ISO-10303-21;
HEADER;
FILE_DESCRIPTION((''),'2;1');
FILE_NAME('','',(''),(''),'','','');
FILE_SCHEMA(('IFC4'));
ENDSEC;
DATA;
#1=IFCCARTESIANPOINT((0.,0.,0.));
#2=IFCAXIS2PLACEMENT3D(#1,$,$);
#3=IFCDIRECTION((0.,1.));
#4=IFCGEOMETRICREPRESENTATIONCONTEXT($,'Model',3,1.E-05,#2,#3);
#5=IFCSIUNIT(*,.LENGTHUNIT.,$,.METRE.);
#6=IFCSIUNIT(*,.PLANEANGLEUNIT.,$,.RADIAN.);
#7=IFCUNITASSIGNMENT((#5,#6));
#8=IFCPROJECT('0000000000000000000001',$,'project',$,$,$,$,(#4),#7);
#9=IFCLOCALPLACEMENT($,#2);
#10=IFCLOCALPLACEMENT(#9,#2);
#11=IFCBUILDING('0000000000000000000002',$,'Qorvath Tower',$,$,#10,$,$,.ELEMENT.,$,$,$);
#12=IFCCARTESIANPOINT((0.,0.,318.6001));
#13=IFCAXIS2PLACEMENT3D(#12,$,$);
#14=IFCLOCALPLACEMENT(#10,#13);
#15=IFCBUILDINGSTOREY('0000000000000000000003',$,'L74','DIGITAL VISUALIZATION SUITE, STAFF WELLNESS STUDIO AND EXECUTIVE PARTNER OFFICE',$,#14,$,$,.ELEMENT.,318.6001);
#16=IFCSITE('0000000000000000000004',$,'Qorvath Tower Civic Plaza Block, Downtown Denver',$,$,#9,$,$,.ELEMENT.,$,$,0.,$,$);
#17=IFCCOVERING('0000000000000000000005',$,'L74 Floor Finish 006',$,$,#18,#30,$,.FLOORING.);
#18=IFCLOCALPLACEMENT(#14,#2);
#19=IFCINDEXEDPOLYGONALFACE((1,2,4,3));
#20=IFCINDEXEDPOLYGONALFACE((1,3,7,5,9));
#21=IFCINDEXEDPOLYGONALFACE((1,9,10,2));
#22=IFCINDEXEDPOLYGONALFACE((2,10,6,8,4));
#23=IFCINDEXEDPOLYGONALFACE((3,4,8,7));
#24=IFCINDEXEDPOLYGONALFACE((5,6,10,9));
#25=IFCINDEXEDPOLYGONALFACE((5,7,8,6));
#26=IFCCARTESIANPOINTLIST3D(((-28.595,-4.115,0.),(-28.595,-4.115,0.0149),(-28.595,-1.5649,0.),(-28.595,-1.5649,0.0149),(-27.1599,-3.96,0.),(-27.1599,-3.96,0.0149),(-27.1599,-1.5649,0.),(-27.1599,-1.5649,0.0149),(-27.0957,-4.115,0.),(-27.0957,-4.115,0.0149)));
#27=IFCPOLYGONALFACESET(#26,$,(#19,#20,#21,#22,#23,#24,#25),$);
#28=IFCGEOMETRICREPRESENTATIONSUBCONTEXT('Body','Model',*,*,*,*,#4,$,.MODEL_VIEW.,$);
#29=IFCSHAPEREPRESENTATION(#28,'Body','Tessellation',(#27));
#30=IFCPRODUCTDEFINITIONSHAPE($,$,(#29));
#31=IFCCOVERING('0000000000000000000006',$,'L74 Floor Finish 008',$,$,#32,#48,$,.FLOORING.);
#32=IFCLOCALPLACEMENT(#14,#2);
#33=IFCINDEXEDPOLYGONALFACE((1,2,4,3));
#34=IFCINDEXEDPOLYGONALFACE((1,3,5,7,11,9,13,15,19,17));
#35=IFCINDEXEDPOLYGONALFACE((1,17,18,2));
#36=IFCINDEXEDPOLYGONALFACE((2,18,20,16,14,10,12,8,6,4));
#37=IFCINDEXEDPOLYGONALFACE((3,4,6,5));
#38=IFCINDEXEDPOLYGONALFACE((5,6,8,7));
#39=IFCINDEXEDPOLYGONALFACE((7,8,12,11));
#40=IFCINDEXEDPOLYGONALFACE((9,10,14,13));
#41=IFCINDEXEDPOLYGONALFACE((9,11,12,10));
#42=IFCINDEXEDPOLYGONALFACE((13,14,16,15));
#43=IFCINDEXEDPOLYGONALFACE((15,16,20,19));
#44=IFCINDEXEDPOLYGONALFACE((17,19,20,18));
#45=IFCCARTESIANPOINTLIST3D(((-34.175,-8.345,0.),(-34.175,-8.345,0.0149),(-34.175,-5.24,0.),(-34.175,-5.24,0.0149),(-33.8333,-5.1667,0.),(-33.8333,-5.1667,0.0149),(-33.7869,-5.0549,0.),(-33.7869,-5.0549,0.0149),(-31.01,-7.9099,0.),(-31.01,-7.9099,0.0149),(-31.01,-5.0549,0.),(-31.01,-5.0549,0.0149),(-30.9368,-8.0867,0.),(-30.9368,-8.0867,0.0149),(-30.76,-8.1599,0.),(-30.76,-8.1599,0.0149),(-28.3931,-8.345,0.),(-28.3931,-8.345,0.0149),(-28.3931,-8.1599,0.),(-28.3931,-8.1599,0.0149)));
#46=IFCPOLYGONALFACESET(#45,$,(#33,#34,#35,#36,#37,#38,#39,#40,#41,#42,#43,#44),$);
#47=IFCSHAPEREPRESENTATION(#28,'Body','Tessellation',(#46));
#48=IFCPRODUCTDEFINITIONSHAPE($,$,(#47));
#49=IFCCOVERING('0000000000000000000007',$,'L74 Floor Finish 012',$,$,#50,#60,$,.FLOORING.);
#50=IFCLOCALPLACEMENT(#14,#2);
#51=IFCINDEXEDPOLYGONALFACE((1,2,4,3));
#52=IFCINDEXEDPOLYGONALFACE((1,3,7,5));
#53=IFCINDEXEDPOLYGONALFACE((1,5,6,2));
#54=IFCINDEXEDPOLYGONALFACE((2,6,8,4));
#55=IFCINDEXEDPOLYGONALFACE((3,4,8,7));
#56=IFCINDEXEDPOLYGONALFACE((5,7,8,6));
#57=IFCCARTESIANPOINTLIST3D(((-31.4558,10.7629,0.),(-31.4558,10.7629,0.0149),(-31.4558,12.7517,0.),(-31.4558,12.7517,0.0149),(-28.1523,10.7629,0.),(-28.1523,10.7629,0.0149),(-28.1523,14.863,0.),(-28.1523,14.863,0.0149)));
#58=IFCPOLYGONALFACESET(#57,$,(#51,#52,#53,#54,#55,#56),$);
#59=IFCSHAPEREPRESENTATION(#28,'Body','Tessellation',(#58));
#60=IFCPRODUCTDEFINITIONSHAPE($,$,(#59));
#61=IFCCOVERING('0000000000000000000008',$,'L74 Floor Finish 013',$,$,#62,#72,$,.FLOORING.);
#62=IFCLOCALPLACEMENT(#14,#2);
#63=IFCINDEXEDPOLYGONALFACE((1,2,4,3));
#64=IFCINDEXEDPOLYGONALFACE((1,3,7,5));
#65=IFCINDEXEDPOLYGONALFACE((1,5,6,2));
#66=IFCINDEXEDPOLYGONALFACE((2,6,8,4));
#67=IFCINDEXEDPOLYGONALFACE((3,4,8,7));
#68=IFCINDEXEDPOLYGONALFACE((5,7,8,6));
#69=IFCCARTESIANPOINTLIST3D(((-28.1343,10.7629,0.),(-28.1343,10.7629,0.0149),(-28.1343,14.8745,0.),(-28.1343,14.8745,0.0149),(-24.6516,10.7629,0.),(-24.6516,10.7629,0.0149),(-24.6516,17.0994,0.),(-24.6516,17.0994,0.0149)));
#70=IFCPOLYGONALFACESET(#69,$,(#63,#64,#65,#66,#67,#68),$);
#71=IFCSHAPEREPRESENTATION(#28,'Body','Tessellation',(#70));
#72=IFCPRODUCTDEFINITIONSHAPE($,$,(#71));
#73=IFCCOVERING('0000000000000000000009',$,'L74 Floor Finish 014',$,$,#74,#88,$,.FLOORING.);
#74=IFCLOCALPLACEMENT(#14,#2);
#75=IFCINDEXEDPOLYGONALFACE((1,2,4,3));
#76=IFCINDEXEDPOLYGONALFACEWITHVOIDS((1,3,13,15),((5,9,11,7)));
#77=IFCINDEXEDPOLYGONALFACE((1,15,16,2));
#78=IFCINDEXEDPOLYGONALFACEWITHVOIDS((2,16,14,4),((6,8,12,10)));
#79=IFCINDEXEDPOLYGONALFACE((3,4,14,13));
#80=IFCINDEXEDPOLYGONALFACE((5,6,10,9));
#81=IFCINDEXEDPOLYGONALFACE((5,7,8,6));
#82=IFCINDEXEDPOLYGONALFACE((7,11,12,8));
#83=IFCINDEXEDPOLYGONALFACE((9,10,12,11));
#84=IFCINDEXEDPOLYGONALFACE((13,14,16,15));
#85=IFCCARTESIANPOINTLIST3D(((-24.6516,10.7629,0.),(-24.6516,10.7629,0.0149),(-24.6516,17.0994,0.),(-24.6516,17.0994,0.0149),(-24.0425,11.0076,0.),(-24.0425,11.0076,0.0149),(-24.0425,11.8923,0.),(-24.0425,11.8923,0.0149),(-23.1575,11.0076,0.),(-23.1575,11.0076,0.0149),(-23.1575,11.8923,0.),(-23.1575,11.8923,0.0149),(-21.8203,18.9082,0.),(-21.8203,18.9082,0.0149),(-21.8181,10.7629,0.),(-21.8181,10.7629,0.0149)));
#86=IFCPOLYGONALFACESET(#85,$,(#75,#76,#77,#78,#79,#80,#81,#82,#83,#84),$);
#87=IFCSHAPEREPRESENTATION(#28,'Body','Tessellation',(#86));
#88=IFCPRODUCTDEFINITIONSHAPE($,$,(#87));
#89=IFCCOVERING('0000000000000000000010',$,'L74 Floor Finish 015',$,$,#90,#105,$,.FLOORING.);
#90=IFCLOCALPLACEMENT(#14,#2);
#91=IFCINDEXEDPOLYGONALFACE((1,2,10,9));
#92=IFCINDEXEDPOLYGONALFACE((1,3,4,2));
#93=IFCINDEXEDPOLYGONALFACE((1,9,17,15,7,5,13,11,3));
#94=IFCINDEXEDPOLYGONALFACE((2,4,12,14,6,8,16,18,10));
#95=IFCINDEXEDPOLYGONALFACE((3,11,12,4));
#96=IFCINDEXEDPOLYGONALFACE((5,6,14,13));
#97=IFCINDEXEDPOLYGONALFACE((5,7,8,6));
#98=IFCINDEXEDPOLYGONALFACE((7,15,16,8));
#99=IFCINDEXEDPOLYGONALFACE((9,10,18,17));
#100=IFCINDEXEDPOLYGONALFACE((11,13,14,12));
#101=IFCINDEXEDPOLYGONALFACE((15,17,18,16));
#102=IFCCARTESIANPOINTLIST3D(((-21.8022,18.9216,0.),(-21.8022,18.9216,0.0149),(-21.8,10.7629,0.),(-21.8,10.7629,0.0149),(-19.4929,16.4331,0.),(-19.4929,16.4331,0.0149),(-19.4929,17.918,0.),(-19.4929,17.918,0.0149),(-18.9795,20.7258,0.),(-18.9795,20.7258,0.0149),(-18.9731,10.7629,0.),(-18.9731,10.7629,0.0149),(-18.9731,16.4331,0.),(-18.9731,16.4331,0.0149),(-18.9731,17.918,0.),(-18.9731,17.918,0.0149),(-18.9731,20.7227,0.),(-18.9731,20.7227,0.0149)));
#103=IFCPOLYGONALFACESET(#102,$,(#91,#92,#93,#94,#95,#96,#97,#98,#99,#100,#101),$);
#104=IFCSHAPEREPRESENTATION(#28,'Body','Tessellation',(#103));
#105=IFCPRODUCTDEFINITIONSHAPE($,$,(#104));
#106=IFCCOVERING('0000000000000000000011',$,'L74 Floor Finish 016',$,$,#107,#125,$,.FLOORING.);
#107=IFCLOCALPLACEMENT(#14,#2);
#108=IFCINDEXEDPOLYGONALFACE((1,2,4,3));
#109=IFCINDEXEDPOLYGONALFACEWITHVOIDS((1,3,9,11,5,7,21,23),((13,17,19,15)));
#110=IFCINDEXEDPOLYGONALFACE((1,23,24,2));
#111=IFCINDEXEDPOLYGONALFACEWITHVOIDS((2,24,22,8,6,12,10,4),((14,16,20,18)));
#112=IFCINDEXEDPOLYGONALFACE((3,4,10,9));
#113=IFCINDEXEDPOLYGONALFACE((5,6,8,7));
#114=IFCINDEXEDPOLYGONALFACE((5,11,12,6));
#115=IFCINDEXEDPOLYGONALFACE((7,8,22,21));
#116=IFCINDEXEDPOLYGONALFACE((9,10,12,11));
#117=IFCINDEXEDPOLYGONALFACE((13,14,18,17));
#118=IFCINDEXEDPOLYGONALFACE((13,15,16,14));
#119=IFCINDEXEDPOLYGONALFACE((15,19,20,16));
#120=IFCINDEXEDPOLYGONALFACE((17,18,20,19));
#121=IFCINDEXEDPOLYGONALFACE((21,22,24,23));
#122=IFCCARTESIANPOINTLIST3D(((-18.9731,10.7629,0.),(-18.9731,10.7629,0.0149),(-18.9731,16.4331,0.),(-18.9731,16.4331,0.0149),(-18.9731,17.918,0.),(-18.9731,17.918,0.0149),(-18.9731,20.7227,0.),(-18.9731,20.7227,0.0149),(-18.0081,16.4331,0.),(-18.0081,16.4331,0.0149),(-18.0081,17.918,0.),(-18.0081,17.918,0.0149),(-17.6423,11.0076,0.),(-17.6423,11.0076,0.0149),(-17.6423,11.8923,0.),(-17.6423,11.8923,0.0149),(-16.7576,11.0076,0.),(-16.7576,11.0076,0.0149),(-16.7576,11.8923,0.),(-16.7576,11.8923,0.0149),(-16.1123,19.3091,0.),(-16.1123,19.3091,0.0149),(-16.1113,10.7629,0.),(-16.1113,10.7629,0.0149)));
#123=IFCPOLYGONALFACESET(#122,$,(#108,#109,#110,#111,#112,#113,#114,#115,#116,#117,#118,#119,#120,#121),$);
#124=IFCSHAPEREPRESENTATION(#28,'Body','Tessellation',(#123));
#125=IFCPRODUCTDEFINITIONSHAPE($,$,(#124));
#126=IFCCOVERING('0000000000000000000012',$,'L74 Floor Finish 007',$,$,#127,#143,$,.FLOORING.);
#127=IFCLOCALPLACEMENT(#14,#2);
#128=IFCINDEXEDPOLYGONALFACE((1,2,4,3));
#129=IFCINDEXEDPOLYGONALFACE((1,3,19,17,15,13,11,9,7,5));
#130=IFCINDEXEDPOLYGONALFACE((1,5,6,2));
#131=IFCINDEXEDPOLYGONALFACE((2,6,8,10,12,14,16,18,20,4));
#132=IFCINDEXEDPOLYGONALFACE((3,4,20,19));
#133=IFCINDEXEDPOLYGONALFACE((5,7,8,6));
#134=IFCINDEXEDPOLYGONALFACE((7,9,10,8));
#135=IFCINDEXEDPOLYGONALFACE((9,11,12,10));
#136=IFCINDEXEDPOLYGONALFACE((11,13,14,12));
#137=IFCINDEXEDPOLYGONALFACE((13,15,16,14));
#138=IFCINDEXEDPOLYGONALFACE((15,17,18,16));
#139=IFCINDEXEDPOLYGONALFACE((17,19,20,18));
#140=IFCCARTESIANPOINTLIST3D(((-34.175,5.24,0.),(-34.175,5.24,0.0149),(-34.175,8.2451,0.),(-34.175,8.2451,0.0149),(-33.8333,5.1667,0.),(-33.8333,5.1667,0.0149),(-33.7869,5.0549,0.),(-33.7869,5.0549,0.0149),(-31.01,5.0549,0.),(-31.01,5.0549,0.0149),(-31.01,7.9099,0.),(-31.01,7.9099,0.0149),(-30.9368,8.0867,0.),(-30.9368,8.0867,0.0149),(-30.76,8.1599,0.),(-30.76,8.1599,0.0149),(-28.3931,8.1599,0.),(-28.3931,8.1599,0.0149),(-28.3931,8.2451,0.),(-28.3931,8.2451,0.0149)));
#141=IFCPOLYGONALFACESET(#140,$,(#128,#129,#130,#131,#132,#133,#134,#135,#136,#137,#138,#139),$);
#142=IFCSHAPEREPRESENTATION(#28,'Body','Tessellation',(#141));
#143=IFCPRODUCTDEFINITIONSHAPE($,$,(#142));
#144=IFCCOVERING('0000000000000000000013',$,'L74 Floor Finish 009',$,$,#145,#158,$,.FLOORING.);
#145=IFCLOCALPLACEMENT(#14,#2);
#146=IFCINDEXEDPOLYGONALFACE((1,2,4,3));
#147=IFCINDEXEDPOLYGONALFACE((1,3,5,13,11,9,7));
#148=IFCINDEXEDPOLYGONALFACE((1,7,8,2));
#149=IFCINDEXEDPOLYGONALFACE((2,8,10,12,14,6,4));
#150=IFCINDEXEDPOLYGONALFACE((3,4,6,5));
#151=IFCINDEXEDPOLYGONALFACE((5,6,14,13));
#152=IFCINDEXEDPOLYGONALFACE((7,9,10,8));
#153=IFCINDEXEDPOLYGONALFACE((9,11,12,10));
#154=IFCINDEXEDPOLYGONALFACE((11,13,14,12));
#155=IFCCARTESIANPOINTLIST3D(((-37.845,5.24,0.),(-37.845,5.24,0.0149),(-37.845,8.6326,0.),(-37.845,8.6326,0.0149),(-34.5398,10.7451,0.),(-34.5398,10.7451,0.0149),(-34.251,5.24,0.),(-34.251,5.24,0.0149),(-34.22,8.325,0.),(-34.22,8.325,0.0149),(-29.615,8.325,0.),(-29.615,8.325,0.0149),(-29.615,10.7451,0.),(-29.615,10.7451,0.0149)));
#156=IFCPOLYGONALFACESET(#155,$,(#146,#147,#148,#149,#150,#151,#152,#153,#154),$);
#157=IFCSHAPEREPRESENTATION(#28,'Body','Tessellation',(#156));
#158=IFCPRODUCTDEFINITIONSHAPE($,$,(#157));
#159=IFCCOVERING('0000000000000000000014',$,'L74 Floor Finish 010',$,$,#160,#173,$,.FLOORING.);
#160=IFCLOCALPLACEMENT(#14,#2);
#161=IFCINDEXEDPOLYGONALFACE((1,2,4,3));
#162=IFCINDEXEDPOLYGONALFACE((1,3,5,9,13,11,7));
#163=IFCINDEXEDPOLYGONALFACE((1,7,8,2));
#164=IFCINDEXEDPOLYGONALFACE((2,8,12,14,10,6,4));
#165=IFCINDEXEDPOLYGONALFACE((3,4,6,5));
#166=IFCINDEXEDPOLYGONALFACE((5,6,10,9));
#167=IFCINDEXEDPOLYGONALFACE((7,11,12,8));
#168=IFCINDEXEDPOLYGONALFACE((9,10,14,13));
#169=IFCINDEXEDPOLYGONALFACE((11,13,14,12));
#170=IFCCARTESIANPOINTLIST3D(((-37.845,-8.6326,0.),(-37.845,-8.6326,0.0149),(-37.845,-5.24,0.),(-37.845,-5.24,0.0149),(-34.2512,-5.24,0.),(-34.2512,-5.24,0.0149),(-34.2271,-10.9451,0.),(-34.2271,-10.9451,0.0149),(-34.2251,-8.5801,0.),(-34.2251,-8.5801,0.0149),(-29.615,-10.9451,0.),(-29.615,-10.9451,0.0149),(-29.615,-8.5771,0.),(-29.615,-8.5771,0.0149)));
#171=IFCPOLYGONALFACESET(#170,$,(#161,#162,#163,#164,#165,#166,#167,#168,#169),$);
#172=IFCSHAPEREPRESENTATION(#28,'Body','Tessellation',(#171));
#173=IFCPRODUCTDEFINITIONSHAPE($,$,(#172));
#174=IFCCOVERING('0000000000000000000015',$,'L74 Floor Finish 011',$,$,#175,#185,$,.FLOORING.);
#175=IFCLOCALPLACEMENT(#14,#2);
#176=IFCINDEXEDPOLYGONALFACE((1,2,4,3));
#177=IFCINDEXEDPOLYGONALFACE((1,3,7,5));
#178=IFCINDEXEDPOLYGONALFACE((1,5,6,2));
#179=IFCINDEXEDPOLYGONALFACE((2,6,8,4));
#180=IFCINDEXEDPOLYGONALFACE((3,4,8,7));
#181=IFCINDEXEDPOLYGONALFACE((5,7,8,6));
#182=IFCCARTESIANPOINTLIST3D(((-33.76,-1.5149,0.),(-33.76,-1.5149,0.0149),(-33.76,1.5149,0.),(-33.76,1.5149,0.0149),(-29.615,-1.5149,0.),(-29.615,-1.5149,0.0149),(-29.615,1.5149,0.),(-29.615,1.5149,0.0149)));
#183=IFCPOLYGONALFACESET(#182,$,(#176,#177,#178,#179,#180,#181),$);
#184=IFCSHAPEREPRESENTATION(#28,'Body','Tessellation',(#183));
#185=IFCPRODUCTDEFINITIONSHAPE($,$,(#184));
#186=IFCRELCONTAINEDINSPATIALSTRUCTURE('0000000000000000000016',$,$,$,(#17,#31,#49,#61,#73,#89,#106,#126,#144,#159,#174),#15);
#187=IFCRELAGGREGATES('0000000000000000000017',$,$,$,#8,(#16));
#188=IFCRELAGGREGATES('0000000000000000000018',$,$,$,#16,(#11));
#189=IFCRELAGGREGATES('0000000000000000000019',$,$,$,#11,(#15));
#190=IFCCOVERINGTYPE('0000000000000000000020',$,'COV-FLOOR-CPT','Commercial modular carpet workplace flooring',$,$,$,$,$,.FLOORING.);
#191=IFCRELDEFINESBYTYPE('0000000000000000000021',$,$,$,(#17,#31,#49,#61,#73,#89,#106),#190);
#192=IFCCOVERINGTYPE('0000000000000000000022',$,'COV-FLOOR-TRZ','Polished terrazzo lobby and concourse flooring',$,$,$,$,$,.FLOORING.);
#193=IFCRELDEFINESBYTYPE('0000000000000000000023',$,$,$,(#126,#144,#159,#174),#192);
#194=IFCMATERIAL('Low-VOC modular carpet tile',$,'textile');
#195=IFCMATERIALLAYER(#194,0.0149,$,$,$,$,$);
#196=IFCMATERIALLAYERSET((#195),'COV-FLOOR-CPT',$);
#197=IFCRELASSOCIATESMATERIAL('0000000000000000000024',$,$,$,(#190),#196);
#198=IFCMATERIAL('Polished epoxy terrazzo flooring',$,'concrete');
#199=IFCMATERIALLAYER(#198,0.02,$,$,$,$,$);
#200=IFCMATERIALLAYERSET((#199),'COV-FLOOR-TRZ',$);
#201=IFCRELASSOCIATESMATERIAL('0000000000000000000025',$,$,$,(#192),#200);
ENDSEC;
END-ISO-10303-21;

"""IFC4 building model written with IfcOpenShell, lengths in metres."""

from ifc_helpers import new_model, si_unit, direction, frame, origin, place, context, subcontext, project, spatial, polyline, outline, extrude, material, layer, layer_set, type_object, element, save


model = new_model("IFC4")

# Units and contexts
model_context = context("Model", 3, precision=1e-05, world=origin(), true_north=direction((0.0, 1.0)))
body_context = subcontext(model_context, "Body", "Model", "MODEL_VIEW")
ifc_project = project(units=[si_unit("LENGTHUNIT", "METRE"), si_unit("PLANEANGLEUNIT", "RADIAN")], contexts=[model_context])

# Site, building, storey
site_placement = place(None, origin())
site = spatial("IfcSite", under=ifc_project, at=site_placement, Name="Qorvath Tower Civic Plaza Block, Downtown Denver", CompositionType="ELEMENT", RefElevation=0.0)
building_placement = place(site_placement, origin())
building = spatial("IfcBuilding", under=site, at=building_placement, Name="Qorvath Tower", CompositionType="ELEMENT")
storey_placement = place(building_placement, frame((0.0, 0.0, 318.6001)))
storey = spatial("IfcBuildingStorey", under=building, at=storey_placement, Name="L74", Description="DIGITAL VISUALIZATION SUITE, STAFF WELLNESS STUDIO AND EXECUTIVE PARTNER OFFICE", CompositionType="ELEMENT", Elevation=318.6001)

# Coverings
ifc_material_1 = material(Name="Low-VOC modular carpet tile", Category="textile")
ifc_layer_1 = layer(ifc_material_1, 0.0149)
ifc_layer_set_1 = layer_set([ifc_layer_1], Name="COV-FLOOR-CPT")
covering_type_1 = type_object("IfcCoveringType", Name="COV-FLOOR-CPT", Description="Commercial modular carpet workplace flooring", PredefinedType="FLOORING", material=ifc_layer_set_1)
covering_1_placement = place(storey_placement, origin())
element("IfcCovering", 1, at=covering_1_placement, inside=storey, type_object=covering_type_1, Name="L74 Floor Finish 006", PredefinedType="FLOORING", context=body_context, shape_type="SweptSolid", body=[
    extrude(outline(polyline([(-27.0957, -4.115), (-27.1599, -3.96), (-27.1599, -1.5649), (-28.595, -1.5649), (-28.595, -4.115), (-27.0957, -4.115)])), origin(), (0.0, 0.0, 1.0), 0.0149),
])
covering_2_placement = place(storey_placement, origin())
element("IfcCovering", 2, at=covering_2_placement, inside=storey, type_object=covering_type_1, Name="L74 Floor Finish 008", PredefinedType="FLOORING", context=body_context, shape_type="SweptSolid", body=[
    extrude(outline(polyline([(-33.7869, -5.0549), (-33.8333, -5.1667), (-34.175, -5.24), (-34.175, -8.345), (-28.3931, -8.345), (-28.3931, -8.1599), (-30.76, -8.1599), (-30.9368, -8.0867), (-31.01, -7.9099), (-31.01, -5.0549), (-33.7869, -5.0549)])), origin(), (0.0, 0.0, 1.0), 0.0149),
])
covering_3_placement = place(storey_placement, origin())
element("IfcCovering", 3, at=covering_3_placement, inside=storey, type_object=covering_type_1, Name="L74 Floor Finish 012", PredefinedType="FLOORING", context=body_context, shape_type="SweptSolid", body=[
    extrude(outline(polyline([(-28.1523, 14.863), (-31.4558, 12.7517), (-31.4558, 10.7629), (-28.1523, 10.7629), (-28.1523, 14.863)])), origin(), (0.0, 0.0, 1.0), 0.0149),
])
covering_4_placement = place(storey_placement, origin())
element("IfcCovering", 4, at=covering_4_placement, inside=storey, type_object=covering_type_1, Name="L74 Floor Finish 013", PredefinedType="FLOORING", context=body_context, shape_type="SweptSolid", body=[
    extrude(outline(polyline([(-24.6516, 10.7629), (-24.6516, 17.0994), (-28.1343, 14.8745), (-28.1343, 10.7629), (-24.6516, 10.7629)])), origin(), (0.0, 0.0, 1.0), 0.0149),
])
covering_5_placement = place(storey_placement, origin())
element("IfcCovering", 5, at=covering_5_placement, inside=storey, type_object=covering_type_1, Name="L74 Floor Finish 014", PredefinedType="FLOORING", context=body_context, shape_type="SweptSolid", body=[
    extrude(outline(polyline([(-21.8181, 10.7629), (-21.8203, 18.9082), (-24.6516, 17.0994), (-24.6516, 10.7629), (-21.8181, 10.7629)]), holes=[polyline([(-24.0425, 11.0076), (-24.0425, 11.8923), (-23.1575, 11.8923), (-23.1575, 11.0076), (-24.0425, 11.0076)])]), origin(), (0.0, 0.0, 1.0), 0.0149),
])
covering_6_placement = place(storey_placement, origin())
element("IfcCovering", 6, at=covering_6_placement, inside=storey, type_object=covering_type_1, Name="L74 Floor Finish 015", PredefinedType="FLOORING", context=body_context, shape_type="SweptSolid", body=[
    extrude(outline(polyline([(-18.9731, 10.7629), (-18.9731, 16.4331), (-19.4929, 16.4331), (-19.4929, 17.918), (-18.9731, 17.918), (-18.9731, 20.7227), (-18.9795, 20.7258), (-21.8022, 18.9216), (-21.8, 10.7629), (-18.9731, 10.7629)])), origin(), (0.0, 0.0, 1.0), 0.0149),
])
covering_7_placement = place(storey_placement, origin())
element("IfcCovering", 7, at=covering_7_placement, inside=storey, type_object=covering_type_1, Name="L74 Floor Finish 016", PredefinedType="FLOORING", context=body_context, shape_type="SweptSolid", body=[
    extrude(outline(polyline([(-16.1113, 10.7629), (-16.1123, 19.3091), (-18.9731, 20.7227), (-18.9731, 17.918), (-18.0081, 17.918), (-18.0081, 16.4331), (-18.9731, 16.4331), (-18.9731, 10.7629), (-16.1113, 10.7629)]), holes=[polyline([(-17.6423, 11.0076), (-17.6423, 11.8923), (-16.7576, 11.8923), (-16.7576, 11.0076), (-17.6423, 11.0076)])]), origin(), (0.0, 0.0, 1.0), 0.0149),
])
ifc_material_2 = material(Name="Polished epoxy terrazzo flooring", Category="concrete")
ifc_layer_2 = layer(ifc_material_2, 0.02)
ifc_layer_set_2 = layer_set([ifc_layer_2], Name="COV-FLOOR-TRZ")
covering_type_2 = type_object("IfcCoveringType", Name="COV-FLOOR-TRZ", Description="Polished terrazzo lobby and concourse flooring", PredefinedType="FLOORING", material=ifc_layer_set_2)
covering_8_placement = place(storey_placement, origin())
element("IfcCovering", 8, at=covering_8_placement, inside=storey, type_object=covering_type_2, Name="L74 Floor Finish 007", PredefinedType="FLOORING", context=body_context, shape_type="SweptSolid", body=[
    extrude(outline(polyline([(-31.01, 5.0549), (-31.01, 7.9099), (-30.9368, 8.0867), (-30.76, 8.1599), (-28.3931, 8.1599), (-28.3931, 8.2451), (-34.175, 8.2451), (-34.175, 5.24), (-33.8333, 5.1667), (-33.7869, 5.0549), (-31.01, 5.0549)])), origin(), (0.0, 0.0, 1.0), 0.0149),
])
covering_9_placement = place(storey_placement, origin())
element("IfcCovering", 9, at=covering_9_placement, inside=storey, type_object=covering_type_2, Name="L74 Floor Finish 009", PredefinedType="FLOORING", context=body_context, shape_type="SweptSolid", body=[
    extrude(outline(polyline([(-29.615, 8.325), (-29.615, 10.7451), (-34.5398, 10.7451), (-37.845, 8.6326), (-37.845, 5.24), (-34.251, 5.24), (-34.22, 8.325), (-29.615, 8.325)])), origin(), (0.0, 0.0, 1.0), 0.0149),
])
covering_10_placement = place(storey_placement, origin())
element("IfcCovering", 10, at=covering_10_placement, inside=storey, type_object=covering_type_2, Name="L74 Floor Finish 010", PredefinedType="FLOORING", context=body_context, shape_type="SweptSolid", body=[
    extrude(outline(polyline([(-34.2251, -8.5801), (-34.2512, -5.24), (-37.845, -5.24), (-37.845, -8.6326), (-34.2271, -10.9451), (-29.615, -10.9451), (-29.615, -8.5771), (-34.2251, -8.5801)])), origin(), (0.0, 0.0, 1.0), 0.0149),
])
covering_11_placement = place(storey_placement, origin())
element("IfcCovering", 11, at=covering_11_placement, inside=storey, type_object=covering_type_2, Name="L74 Floor Finish 011", PredefinedType="FLOORING", context=body_context, shape_type="SweptSolid", body=[
    extrude(outline(polyline([(-29.615, -1.5149), (-29.615, 1.5149), (-33.76, 1.5149), (-33.76, -1.5149), (-29.615, -1.5149)])), origin(), (0.0, 0.0, 1.0), 0.0149),
])

save(model, "model.ifc")
